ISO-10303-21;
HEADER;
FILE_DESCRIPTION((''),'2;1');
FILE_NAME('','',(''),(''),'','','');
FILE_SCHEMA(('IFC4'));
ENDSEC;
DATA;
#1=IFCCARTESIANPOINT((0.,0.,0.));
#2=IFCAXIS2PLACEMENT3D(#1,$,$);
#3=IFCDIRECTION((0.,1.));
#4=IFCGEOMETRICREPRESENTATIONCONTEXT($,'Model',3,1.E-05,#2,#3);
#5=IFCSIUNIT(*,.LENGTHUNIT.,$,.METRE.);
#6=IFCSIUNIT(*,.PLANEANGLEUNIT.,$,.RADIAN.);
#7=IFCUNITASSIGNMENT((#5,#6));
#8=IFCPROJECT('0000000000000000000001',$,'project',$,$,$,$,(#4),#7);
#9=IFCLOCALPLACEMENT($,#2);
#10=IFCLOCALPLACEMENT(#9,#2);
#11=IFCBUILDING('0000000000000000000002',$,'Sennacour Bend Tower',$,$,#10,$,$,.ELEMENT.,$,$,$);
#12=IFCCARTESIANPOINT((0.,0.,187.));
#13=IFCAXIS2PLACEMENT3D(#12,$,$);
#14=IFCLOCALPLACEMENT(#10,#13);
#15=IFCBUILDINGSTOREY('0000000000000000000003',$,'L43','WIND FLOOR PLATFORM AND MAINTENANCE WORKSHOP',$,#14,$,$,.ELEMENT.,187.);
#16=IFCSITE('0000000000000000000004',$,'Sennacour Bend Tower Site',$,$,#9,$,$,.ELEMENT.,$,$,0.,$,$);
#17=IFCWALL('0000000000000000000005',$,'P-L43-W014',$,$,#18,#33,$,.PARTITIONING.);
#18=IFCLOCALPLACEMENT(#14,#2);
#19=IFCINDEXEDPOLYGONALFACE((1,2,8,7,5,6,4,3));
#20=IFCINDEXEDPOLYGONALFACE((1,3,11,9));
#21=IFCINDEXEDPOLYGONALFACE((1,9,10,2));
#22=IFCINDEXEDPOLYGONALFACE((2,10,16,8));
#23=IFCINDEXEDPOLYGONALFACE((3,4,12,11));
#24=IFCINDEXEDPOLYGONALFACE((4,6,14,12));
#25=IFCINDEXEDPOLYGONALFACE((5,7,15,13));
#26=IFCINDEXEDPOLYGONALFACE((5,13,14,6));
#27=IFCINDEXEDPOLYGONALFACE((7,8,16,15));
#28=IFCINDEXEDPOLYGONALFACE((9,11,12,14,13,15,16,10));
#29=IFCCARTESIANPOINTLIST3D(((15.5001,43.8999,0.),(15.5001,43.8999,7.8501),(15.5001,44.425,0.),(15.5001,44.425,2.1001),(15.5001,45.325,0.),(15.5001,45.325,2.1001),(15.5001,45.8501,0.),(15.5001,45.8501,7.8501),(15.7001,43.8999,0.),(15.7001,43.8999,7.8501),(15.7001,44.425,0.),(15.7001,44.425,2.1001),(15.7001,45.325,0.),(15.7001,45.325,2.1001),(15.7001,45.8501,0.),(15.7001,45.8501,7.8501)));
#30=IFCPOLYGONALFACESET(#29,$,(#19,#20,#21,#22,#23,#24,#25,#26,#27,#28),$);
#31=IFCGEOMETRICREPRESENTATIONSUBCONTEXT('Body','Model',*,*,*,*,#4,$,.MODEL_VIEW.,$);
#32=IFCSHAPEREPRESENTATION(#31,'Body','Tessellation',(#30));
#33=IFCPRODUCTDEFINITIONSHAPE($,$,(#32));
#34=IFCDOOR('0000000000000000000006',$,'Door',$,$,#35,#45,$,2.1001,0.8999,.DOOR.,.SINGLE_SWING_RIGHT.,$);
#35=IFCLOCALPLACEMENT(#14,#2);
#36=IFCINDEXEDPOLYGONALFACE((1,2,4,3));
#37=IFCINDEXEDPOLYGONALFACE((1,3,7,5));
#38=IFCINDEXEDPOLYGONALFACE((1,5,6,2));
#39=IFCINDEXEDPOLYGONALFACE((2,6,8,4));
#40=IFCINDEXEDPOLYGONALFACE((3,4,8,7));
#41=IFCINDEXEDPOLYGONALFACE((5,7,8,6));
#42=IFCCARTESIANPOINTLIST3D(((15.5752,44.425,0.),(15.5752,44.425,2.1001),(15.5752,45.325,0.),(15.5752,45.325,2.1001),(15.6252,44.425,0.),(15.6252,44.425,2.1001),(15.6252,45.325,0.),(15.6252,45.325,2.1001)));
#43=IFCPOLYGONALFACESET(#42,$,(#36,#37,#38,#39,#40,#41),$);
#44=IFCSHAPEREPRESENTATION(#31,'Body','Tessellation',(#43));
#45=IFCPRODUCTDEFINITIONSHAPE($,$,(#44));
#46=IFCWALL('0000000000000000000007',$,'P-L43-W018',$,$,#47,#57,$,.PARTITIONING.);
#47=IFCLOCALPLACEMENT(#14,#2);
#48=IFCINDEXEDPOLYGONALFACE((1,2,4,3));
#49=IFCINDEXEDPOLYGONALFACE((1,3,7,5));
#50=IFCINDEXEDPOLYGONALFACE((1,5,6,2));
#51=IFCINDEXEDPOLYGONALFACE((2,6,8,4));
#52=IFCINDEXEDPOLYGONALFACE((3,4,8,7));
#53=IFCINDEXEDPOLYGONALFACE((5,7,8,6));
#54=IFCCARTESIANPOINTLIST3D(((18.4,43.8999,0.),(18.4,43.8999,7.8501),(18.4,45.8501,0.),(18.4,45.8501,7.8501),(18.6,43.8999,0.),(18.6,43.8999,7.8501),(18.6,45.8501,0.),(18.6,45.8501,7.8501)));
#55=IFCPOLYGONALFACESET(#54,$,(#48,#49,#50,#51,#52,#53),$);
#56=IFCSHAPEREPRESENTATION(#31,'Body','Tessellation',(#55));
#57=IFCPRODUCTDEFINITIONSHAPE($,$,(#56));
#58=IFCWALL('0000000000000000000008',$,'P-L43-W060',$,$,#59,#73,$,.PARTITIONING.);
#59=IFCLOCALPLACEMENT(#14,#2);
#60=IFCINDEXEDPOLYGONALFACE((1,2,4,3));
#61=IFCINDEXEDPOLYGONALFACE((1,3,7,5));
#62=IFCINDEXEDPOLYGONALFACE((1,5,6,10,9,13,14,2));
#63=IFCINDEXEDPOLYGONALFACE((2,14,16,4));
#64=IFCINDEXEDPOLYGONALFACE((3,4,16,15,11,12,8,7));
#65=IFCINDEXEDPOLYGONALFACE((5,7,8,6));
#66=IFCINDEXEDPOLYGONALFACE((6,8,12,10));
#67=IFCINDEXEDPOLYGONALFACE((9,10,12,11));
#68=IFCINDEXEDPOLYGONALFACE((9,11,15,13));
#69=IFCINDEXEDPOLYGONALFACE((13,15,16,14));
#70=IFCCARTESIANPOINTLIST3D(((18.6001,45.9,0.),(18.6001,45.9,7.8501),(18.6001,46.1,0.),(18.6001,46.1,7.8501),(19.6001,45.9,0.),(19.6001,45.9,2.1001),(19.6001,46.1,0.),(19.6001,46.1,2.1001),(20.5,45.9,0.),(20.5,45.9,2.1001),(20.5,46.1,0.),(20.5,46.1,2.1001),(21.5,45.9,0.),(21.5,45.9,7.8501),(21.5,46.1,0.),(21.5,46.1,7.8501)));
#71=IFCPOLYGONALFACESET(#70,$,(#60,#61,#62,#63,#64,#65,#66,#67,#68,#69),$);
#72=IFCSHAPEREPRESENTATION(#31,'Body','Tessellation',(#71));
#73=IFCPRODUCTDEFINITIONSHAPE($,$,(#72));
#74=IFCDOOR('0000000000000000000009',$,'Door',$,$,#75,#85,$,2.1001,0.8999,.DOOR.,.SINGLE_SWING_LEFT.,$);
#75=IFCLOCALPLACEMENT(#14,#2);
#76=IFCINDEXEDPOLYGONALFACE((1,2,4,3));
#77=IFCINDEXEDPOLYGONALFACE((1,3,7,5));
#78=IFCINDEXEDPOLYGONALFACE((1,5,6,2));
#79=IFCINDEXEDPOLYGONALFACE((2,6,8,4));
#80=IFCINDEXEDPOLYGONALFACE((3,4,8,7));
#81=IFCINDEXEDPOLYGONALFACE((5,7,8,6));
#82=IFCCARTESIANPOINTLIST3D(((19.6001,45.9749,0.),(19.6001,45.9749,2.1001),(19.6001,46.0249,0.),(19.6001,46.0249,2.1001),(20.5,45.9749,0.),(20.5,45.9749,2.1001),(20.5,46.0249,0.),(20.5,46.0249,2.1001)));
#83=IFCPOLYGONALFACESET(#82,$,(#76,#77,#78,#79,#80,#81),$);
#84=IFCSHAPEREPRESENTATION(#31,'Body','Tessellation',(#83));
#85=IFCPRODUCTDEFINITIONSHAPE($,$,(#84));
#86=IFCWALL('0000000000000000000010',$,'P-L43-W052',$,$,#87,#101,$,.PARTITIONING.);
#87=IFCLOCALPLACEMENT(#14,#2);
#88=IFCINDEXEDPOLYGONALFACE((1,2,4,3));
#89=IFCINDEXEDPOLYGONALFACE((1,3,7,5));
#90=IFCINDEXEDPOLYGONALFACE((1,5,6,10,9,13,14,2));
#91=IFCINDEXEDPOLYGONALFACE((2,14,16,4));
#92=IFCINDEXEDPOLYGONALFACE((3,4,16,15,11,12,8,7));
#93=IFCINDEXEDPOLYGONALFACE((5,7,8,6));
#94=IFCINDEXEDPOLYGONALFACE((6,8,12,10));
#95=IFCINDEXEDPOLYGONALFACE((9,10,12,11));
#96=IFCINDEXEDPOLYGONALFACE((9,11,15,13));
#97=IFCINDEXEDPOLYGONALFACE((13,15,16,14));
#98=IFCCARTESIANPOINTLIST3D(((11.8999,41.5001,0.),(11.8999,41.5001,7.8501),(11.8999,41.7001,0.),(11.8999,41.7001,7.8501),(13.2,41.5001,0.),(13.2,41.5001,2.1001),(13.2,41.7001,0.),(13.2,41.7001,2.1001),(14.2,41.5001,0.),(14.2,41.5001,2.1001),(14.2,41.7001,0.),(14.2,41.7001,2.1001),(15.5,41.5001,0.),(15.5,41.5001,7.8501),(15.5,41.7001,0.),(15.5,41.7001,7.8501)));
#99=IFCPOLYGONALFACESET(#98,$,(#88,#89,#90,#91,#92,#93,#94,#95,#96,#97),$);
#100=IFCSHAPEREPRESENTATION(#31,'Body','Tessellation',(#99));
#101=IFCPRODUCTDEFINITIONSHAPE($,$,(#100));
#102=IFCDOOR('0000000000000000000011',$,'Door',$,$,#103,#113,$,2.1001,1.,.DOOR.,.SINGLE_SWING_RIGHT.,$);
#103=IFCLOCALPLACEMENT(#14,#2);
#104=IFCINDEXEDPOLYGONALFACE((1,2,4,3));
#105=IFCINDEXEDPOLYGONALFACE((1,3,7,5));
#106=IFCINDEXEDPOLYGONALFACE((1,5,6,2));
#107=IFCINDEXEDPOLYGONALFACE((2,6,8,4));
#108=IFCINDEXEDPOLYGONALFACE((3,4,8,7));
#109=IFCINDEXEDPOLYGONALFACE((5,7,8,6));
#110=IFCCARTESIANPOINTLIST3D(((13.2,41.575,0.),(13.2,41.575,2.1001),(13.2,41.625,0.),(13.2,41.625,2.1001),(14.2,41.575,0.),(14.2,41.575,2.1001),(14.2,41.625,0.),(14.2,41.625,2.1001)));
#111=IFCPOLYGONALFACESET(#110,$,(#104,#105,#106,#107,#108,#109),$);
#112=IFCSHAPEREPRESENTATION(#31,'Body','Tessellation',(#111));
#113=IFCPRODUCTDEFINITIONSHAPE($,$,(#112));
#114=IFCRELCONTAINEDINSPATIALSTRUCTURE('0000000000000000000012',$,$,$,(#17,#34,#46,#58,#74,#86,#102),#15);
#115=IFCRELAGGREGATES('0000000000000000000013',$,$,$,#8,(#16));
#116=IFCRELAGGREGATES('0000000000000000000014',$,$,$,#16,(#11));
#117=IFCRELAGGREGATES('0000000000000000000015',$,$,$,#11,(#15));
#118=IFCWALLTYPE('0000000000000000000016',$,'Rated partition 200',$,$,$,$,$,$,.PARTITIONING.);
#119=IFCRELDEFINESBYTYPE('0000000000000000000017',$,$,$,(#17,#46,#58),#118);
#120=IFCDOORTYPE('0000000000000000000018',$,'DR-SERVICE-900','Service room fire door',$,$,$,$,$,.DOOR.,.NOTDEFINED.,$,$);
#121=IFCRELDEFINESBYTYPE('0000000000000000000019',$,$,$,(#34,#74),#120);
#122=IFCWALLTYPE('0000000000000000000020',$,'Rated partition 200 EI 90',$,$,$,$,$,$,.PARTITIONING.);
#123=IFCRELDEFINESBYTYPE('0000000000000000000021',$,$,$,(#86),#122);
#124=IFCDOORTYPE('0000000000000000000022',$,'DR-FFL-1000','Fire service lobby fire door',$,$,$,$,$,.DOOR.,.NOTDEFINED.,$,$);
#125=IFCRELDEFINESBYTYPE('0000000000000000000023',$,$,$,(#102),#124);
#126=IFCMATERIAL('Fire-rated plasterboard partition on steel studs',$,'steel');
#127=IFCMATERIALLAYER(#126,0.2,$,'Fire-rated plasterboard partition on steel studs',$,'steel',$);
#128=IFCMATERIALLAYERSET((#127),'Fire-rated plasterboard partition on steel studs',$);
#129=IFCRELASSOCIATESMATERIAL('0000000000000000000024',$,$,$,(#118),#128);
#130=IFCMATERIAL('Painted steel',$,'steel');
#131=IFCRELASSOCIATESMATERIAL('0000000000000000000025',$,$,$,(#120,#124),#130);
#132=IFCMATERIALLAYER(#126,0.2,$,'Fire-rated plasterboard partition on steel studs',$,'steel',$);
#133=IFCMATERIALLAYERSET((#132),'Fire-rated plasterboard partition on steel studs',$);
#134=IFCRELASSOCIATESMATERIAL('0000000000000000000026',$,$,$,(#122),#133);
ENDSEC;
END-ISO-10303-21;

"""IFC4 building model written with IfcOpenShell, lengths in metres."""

from ifc_helpers import new_model, si_unit, direction, frame, frame_2d, origin, place, context, subcontext, project, spatial, rectangle, extrude, material, layer, layer_set, type_object, element, fill, save


model = new_model("IFC4")

# Units and contexts
model_context = context("Model", 3, precision=1e-05, world=origin(), true_north=direction((0.0, 1.0)))
body_context = subcontext(model_context, "Body", "Model", "MODEL_VIEW")
ifc_project = project(units=[si_unit("LENGTHUNIT", "METRE"), si_unit("PLANEANGLEUNIT", "RADIAN")], contexts=[model_context])

# Site, building, storey
site_placement = place(None, origin())
site = spatial("IfcSite", under=ifc_project, at=site_placement, Name="Sennacour Bend Tower Site", CompositionType="ELEMENT", RefElevation=0.0)
building_placement = place(site_placement, origin())
building = spatial("IfcBuilding", under=site, at=building_placement, Name="Sennacour Bend Tower", CompositionType="ELEMENT")
storey_placement = place(building_placement, frame((0.0, 0.0, 187.0)))
storey = spatial("IfcBuildingStorey", under=building, at=storey_placement, Name="L43", Description="WIND FLOOR PLATFORM AND MAINTENANCE WORKSHOP", CompositionType="ELEMENT", Elevation=187.0)

# Wall, opening, door
ifc_material_1 = material(Name="Fire-rated plasterboard partition on steel studs", Category="steel")
ifc_layer_1 = layer(ifc_material_1, 0.2, Name="Fire-rated plasterboard partition on steel studs", Category="steel")
ifc_layer_set_1 = layer_set([ifc_layer_1], Name="Fire-rated plasterboard partition on steel studs")
wall_type_1 = type_object("IfcWallType", Name="Rated partition 200", PredefinedType="PARTITIONING", material=ifc_layer_set_1)
wall_1_placement = place(storey_placement, frame((15.6001, 43.8999, 0.0), z_axis=(0.0, 0.0, 1.0), x_axis=(0.0, 1.0, 0.0)))
wall_1 = element("IfcWall", 1, at=wall_1_placement, inside=storey, type_object=wall_type_1, Name="P-L43-W014", PredefinedType="PARTITIONING", context=body_context, shape_type="SweptSolid", body=[
    extrude(rectangle(XDim=1.9502, YDim=0.2, at=frame_2d((0.9751, 0.0))), origin(), (0.0, 0.0, 1.0), 7.8501),
])
opening_1_placement = place(wall_1_placement, frame((0.5251, 0.0, 0.0)))
opening_1 = element("IfcOpeningElement", 2, at=opening_1_placement, cuts=wall_1, PredefinedType="OPENING", context=body_context, shape_type="SweptSolid", body=[
    extrude(rectangle(XDim=0.8999, YDim=2.1001, at=frame_2d((0.45, 1.05))), frame((0.0, 0.1099, 0.0), z_axis=(0.0, -1.0, 0.0), x_axis=(1.0, 0.0, 0.0)), (0.0, 0.0, 1.0), 0.22),
])
ifc_material_2 = material(Name="Painted steel", Category="steel")
door_type_1 = type_object("IfcDoorType", Name="DR-SERVICE-900", Description="Service room fire door", OperationType="NOTDEFINED", PredefinedType="DOOR", material=ifc_material_2)
door_1_placement = place(opening_1_placement, origin())
door_1 = element("IfcDoor", 3, at=door_1_placement, inside=storey, type_object=door_type_1, Name="Door", OperationType="SINGLE_SWING_RIGHT", OverallHeight=2.1001, OverallWidth=0.8999, PredefinedType="DOOR", context=body_context, shape_type="SweptSolid", body=[
    extrude(rectangle(XDim=0.8999, YDim=2.1001, at=frame_2d((0.45, 1.05))), frame((0.0, 0.0249, 0.0), z_axis=(0.0, -1.0, 0.0), x_axis=(1.0, 0.0, 0.0)), (0.0, 0.0, 1.0), 0.05),
])
fill(opening_1, door_1)

# Wall
wall_2_placement = place(storey_placement, frame((18.5, 43.8999, 0.0), z_axis=(0.0, 0.0, 1.0), x_axis=(0.0, 1.0, 0.0)))
element("IfcWall", 4, at=wall_2_placement, inside=storey, type_object=wall_type_1, Name="P-L43-W018", PredefinedType="PARTITIONING", context=body_context, shape_type="SweptSolid", body=[
    extrude(rectangle(XDim=1.9502, YDim=0.2, at=frame_2d((0.9751, 0.0))), origin(), (0.0, 0.0, 1.0), 7.8501),
])

# Walls, openings, doors
wall_3_placement = place(storey_placement, frame((18.6001, 46.0, 0.0), z_axis=(0.0, 0.0, 1.0), x_axis=(1.0, 0.0, 0.0)))
wall_3 = element("IfcWall", 5, at=wall_3_placement, inside=storey, type_object=wall_type_1, Name="P-L43-W060", PredefinedType="PARTITIONING", context=body_context, shape_type="SweptSolid", body=[
    extrude(rectangle(XDim=2.8999, YDim=0.2, at=frame_2d((1.45, 0.0))), origin(), (0.0, 0.0, 1.0), 7.8501),
])
opening_2_placement = place(wall_3_placement, frame((1.0, 0.0, 0.0)))
opening_2 = element("IfcOpeningElement", 6, at=opening_2_placement, cuts=wall_3, PredefinedType="OPENING", context=body_context, shape_type="SweptSolid", body=[
    extrude(rectangle(XDim=0.8999, YDim=2.1001, at=frame_2d((0.45, 1.05))), frame((0.0, 0.1099, 0.0), z_axis=(0.0, -1.0, 0.0), x_axis=(1.0, 0.0, 0.0)), (0.0, 0.0, 1.0), 0.22),
])
door_2_placement = place(opening_2_placement, origin())
door_2 = element("IfcDoor", 7, at=door_2_placement, inside=storey, type_object=door_type_1, Name="Door", OperationType="SINGLE_SWING_LEFT", OverallHeight=2.1001, OverallWidth=0.8999, PredefinedType="DOOR", context=body_context, shape_type="SweptSolid", body=[
    extrude(rectangle(XDim=0.8999, YDim=2.1001, at=frame_2d((0.45, 1.05))), frame((0.0, 0.0249, 0.0), z_axis=(0.0, -1.0, 0.0), x_axis=(1.0, 0.0, 0.0)), (0.0, 0.0, 1.0), 0.05),
])
fill(opening_2, door_2)
ifc_layer_2 = layer(ifc_material_1, 0.2, Name="Fire-rated plasterboard partition on steel studs", Category="steel")
ifc_layer_set_2 = layer_set([ifc_layer_2], Name="Fire-rated plasterboard partition on steel studs")
wall_type_2 = type_object("IfcWallType", Name="Rated partition 200 EI 90", PredefinedType="PARTITIONING", material=ifc_layer_set_2)
wall_4_placement = place(storey_placement, frame((11.8999, 41.6001, 0.0), z_axis=(0.0, 0.0, 1.0), x_axis=(1.0, 0.0, 0.0)))
wall_4 = element("IfcWall", 8, at=wall_4_placement, inside=storey, type_object=wall_type_2, Name="P-L43-W052", PredefinedType="PARTITIONING", context=body_context, shape_type="SweptSolid", body=[
    extrude(rectangle(XDim=3.6001, YDim=0.2, at=frame_2d((1.8, 0.0))), origin(), (0.0, 0.0, 1.0), 7.8501),
])
opening_3_placement = place(wall_4_placement, frame((1.3, 0.0, 0.0)))
opening_3 = element("IfcOpeningElement", 9, at=opening_3_placement, cuts=wall_4, PredefinedType="OPENING", context=body_context, shape_type="SweptSolid", body=[
    extrude(rectangle(XDim=1.0, YDim=2.1001, at=frame_2d((0.5, 1.05))), frame((0.0, 0.1099, 0.0), z_axis=(0.0, -1.0, 0.0), x_axis=(1.0, 0.0, 0.0)), (0.0, 0.0, 1.0), 0.22),
])
door_type_2 = type_object("IfcDoorType", Name="DR-FFL-1000", Description="Fire service lobby fire door", OperationType="NOTDEFINED", PredefinedType="DOOR", material=ifc_material_2)
door_3_placement = place(opening_3_placement, origin())
door_3 = element("IfcDoor", 10, at=door_3_placement, inside=storey, type_object=door_type_2, Name="Door", OperationType="SINGLE_SWING_RIGHT", OverallHeight=2.1001, OverallWidth=1.0, PredefinedType="DOOR", context=body_context, shape_type="SweptSolid", body=[
    extrude(rectangle(XDim=1.0, YDim=2.1001, at=frame_2d((0.5, 1.05))), frame((0.0, 0.0249, 0.0), z_axis=(0.0, -1.0, 0.0), x_axis=(1.0, 0.0, 0.0)), (0.0, 0.0, 1.0), 0.05),
])
fill(opening_3, door_3)

save(model, "model.ifc")
